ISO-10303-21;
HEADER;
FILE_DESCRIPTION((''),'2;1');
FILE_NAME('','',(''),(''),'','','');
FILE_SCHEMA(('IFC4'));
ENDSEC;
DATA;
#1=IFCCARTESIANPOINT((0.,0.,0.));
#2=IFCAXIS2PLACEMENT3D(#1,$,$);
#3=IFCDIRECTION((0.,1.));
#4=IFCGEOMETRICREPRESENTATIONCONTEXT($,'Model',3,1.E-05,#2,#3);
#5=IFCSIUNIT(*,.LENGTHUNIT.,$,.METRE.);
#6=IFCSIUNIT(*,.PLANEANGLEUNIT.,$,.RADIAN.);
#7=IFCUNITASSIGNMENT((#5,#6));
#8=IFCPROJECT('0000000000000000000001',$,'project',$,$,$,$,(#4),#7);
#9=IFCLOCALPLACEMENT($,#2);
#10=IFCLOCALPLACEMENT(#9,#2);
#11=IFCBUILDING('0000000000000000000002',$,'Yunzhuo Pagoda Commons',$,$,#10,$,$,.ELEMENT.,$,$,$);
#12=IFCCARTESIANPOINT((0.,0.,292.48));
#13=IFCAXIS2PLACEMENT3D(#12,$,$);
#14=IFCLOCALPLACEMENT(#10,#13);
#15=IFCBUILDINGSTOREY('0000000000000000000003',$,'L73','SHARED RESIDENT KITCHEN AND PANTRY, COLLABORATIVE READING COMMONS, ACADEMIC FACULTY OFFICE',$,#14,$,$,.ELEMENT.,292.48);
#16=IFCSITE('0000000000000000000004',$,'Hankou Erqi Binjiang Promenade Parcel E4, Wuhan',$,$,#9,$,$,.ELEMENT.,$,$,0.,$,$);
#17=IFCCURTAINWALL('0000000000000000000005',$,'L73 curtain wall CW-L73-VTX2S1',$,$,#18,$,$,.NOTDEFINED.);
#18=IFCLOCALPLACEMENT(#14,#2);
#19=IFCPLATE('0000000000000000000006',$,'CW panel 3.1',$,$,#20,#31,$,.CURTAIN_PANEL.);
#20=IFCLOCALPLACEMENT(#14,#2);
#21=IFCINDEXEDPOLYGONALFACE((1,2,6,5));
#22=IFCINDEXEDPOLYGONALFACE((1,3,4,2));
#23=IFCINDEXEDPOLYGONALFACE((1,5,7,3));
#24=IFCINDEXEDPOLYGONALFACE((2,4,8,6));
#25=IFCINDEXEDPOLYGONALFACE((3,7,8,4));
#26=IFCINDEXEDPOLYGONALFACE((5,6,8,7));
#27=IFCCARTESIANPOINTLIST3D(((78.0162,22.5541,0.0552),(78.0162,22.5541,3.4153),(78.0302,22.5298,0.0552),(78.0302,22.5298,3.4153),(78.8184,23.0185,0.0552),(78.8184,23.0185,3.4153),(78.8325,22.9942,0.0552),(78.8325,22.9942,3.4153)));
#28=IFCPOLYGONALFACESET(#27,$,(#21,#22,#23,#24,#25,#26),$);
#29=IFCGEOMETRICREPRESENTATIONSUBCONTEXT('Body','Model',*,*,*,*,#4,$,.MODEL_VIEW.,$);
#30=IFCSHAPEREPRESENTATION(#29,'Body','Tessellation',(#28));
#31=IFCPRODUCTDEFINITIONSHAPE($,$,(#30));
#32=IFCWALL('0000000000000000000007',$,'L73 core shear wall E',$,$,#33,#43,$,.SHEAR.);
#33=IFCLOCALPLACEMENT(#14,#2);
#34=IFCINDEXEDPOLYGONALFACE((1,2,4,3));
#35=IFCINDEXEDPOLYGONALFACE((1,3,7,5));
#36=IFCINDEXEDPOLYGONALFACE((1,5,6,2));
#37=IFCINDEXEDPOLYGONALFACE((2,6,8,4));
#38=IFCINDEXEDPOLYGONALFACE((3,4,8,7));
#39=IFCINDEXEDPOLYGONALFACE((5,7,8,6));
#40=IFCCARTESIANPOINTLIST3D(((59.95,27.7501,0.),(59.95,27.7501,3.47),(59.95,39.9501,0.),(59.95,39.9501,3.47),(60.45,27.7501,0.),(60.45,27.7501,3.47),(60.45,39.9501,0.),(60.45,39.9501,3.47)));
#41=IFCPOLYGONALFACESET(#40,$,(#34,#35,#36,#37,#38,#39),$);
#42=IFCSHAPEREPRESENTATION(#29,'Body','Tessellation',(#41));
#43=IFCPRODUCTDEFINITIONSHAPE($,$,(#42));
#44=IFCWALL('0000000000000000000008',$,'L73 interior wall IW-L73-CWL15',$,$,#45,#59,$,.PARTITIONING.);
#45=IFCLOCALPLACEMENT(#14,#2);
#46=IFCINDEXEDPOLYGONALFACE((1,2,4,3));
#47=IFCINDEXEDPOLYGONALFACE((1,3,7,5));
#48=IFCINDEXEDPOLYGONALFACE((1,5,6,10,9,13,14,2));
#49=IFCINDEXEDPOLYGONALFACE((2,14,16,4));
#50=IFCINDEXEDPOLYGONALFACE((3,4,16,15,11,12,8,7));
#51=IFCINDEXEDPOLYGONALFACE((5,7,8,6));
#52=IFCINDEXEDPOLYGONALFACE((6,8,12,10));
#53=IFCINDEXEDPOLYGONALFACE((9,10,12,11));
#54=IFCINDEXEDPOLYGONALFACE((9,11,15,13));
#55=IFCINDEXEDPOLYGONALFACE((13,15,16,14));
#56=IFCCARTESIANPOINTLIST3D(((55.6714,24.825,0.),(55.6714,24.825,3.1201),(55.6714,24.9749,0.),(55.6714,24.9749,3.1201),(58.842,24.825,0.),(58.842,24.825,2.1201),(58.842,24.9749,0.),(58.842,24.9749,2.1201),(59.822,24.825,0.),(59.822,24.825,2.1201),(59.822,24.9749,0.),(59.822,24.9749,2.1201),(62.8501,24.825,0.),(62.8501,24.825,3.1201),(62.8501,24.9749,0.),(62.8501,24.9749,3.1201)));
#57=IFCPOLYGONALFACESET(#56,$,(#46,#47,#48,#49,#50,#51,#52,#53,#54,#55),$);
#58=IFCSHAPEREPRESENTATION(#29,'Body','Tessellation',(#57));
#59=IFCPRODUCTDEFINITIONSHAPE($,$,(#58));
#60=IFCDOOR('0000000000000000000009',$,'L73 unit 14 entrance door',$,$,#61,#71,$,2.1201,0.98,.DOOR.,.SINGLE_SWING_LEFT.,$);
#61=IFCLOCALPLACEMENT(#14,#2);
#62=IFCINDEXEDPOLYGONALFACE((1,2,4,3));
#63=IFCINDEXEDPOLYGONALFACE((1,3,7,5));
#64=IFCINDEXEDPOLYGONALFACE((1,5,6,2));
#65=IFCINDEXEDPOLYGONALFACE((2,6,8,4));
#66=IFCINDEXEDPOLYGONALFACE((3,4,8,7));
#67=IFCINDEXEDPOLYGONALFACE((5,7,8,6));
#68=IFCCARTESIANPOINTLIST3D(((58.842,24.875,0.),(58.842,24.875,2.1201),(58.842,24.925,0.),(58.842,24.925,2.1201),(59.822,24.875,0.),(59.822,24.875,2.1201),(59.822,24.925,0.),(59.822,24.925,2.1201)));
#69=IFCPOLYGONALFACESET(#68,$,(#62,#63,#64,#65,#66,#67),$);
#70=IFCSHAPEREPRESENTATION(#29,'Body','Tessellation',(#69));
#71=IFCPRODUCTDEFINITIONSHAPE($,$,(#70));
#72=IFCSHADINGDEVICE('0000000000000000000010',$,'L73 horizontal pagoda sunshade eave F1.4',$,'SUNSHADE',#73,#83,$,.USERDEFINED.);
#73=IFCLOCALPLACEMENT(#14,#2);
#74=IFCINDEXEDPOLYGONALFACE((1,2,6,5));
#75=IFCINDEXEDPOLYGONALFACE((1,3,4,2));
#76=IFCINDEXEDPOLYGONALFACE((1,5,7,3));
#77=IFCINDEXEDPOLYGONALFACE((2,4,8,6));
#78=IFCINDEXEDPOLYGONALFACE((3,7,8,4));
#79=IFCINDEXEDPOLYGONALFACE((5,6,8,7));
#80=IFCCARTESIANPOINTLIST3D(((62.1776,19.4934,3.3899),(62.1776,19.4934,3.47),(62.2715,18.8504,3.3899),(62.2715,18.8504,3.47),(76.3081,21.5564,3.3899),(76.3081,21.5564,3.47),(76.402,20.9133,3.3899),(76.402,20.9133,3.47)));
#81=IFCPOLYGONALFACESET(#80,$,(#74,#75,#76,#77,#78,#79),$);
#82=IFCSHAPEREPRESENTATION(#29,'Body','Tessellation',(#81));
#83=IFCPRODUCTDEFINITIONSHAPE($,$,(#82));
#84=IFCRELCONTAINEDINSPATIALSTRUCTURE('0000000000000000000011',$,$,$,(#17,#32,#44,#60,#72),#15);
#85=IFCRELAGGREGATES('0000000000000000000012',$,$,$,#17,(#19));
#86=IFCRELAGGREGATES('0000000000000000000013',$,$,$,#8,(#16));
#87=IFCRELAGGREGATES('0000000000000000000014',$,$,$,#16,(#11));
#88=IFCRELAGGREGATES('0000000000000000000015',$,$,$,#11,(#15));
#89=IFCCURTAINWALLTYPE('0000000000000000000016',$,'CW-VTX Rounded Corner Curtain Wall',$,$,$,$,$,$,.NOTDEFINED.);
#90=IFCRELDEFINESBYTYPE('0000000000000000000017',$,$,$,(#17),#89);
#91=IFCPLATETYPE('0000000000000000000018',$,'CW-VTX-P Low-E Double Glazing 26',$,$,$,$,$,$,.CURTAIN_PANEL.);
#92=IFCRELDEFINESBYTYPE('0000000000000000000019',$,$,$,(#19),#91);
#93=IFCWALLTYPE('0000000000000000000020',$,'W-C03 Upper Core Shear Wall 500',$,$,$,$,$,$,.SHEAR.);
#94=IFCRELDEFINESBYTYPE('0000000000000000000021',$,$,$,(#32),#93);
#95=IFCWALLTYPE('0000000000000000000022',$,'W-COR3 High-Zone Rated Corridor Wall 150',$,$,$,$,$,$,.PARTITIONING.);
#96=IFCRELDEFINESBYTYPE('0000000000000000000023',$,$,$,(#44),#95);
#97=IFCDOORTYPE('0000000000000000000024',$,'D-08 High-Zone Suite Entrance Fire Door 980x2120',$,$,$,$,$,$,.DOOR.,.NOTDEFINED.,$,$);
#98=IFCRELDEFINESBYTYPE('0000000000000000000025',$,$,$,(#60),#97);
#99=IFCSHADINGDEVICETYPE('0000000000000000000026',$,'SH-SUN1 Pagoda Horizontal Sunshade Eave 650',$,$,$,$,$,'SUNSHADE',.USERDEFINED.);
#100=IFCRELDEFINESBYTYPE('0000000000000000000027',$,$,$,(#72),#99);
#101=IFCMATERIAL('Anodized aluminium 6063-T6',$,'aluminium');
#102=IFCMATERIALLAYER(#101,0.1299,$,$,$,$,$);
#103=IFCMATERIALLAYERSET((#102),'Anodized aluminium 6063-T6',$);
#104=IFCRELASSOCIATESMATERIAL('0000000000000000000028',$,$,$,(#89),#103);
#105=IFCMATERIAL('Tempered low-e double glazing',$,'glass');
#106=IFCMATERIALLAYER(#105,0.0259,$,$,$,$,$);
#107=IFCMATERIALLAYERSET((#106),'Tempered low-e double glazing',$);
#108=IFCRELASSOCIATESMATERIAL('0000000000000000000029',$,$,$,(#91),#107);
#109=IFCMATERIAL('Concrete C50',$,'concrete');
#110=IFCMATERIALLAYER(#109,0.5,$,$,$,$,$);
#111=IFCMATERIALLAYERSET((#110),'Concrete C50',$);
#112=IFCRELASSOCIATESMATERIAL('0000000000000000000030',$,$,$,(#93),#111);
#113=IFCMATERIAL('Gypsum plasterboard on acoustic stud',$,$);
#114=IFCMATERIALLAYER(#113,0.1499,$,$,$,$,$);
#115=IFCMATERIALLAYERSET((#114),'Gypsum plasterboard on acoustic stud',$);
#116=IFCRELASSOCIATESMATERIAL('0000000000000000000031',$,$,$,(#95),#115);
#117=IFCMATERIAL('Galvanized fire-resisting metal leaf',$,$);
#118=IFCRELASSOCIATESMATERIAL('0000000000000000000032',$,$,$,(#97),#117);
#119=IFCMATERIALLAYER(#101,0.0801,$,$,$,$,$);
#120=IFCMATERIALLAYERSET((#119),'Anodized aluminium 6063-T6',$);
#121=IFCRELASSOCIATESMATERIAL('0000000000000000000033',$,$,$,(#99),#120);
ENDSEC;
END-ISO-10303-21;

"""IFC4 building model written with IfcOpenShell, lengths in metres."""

from ifc_helpers import new_model, si_unit, direction, frame, frame_2d, origin, origin_with_axes, origin_2d, place, context, subcontext, project, spatial, rectangle, extrude, source, transform, mapped, material, layer, layer_set, type_object, element, fill, aggregate, save


model = new_model("IFC4")

# Units and contexts
model_context = context("Model", 3, precision=1e-05, world=origin(), true_north=direction((0.0, 1.0)))
body_context = subcontext(model_context, "Body", "Model", "MODEL_VIEW")
ifc_project = project(units=[si_unit("LENGTHUNIT", "METRE"), si_unit("PLANEANGLEUNIT", "RADIAN")], contexts=[model_context])

# Site, building, storey
site_placement = place(None, origin())
site = spatial("IfcSite", under=ifc_project, at=site_placement, Name="Hankou Erqi Binjiang Promenade Parcel E4, Wuhan", CompositionType="ELEMENT", RefElevation=0.0)
building_placement = place(site_placement, origin())
building = spatial("IfcBuilding", under=site, at=building_placement, Name="Yunzhuo Pagoda Commons", CompositionType="ELEMENT")
storey_placement = place(building_placement, frame((0.0, 0.0, 292.48)))
storey = spatial("IfcBuildingStorey", under=building, at=storey_placement, Name="L73", Description="SHARED RESIDENT KITCHEN AND PANTRY, COLLABORATIVE READING COMMONS, ACADEMIC FACULTY OFFICE", CompositionType="ELEMENT", Elevation=292.48)

# Curtain wall
ifc_material_1 = material(Name="Anodized aluminium 6063-T6", Category="aluminium")
ifc_layer_1 = layer(ifc_material_1, 0.1299)
ifc_layer_set_1 = layer_set([ifc_layer_1], Name="Anodized aluminium 6063-T6")
curtain_wall_type_1 = type_object("IfcCurtainWallType", Name="CW-VTX Rounded Corner Curtain Wall", PredefinedType="NOTDEFINED", material=ifc_layer_set_1)
curtain_wall_1_placement = place(storey_placement, origin())
curtain_wall_1 = element("IfcCurtainWall", 1, at=curtain_wall_1_placement, inside=storey, type_object=curtain_wall_type_1, Name="L73 curtain wall CW-L73-VTX2S1", PredefinedType="NOTDEFINED")

# Plate
ifc_material_2 = material(Name="Tempered low-e double glazing", Category="glass")
ifc_layer_2 = layer(ifc_material_2, 0.0259)
ifc_layer_set_2 = layer_set([ifc_layer_2], Name="Tempered low-e double glazing")
plate_type_1 = type_object("IfcPlateType", Name="CW-VTX-P Low-E Double Glazing 26", PredefinedType="CURTAIN_PANEL", material=ifc_layer_set_2)
shared_shape_1 = source(origin(), body_context, "Body", "SweptSolid", [
    extrude(rectangle(XDim=0.927, YDim=0.0281, at=origin_2d()), origin(), (0.0, 0.0, 1.0), 3.3601),
])
plate_1_placement = place(storey_placement, frame((78.4243, 22.7742, 0.0552), z_axis=(0.0, 0.0, 1.0), x_axis=(0.865437, 0.501017, 0.0)))
plate_1 = element("IfcPlate", 2, at=plate_1_placement, type_object=plate_type_1, Name="CW panel 3.1", PredefinedType="CURTAIN_PANEL", context=body_context, shape_type="MappedRepresentation", body=[
    mapped(shared_shape_1, transform((0.0, 0.0, 0.0), scale=1.0)),
])
aggregate(curtain_wall_1, [plate_1])

# Wall
ifc_material_3 = material(Name="Concrete C50", Category="concrete")
ifc_layer_3 = layer(ifc_material_3, 0.5)
ifc_layer_set_3 = layer_set([ifc_layer_3], Name="Concrete C50")
wall_type_1 = type_object("IfcWallType", Name="W-C03 Upper Core Shear Wall 500", PredefinedType="SHEAR", material=ifc_layer_set_3)
wall_1_placement = place(storey_placement, frame((60.2, 27.75, 0.0), z_axis=(0.0, 0.0, 1.0), x_axis=(0.0, 1.0, 0.0)))
element("IfcWall", 3, at=wall_1_placement, inside=storey, type_object=wall_type_1, Name="L73 core shear wall E", PredefinedType="SHEAR", context=body_context, shape_type="SweptSolid", body=[
    extrude(rectangle(XDim=12.2, YDim=0.5, at=frame_2d((6.1001, 0.0))), origin(), (0.0, 0.0, 1.0), 3.47),
])

# Wall, opening, door
ifc_material_4 = material(Name="Gypsum plasterboard on acoustic stud")
ifc_layer_4 = layer(ifc_material_4, 0.1499)
ifc_layer_set_4 = layer_set([ifc_layer_4], Name="Gypsum plasterboard on acoustic stud")
wall_type_2 = type_object("IfcWallType", Name="W-COR3 High-Zone Rated Corridor Wall 150", PredefinedType="PARTITIONING", material=ifc_layer_set_4)
wall_2_placement = place(storey_placement, frame((62.8501, 24.8999, 0.0), z_axis=(0.0, 0.0, 1.0), x_axis=(-1.0, 0.0, 0.0)))
wall_2 = element("IfcWall", 4, at=wall_2_placement, inside=storey, type_object=wall_type_2, Name="L73 interior wall IW-L73-CWL15", PredefinedType="PARTITIONING", context=body_context, shape_type="SweptSolid", body=[
    extrude(rectangle(XDim=7.1787, YDim=0.1499, at=frame_2d((3.5894, 0.0))), origin(), (0.0, 0.0, 1.0), 3.1201),
])
opening_placement = place(wall_2_placement, frame((3.0281, 0.0, 0.0)))
opening = element("IfcOpeningElement", 5, at=opening_placement, cuts=wall_2, PredefinedType="OPENING", context=body_context, shape_type="SweptSolid", body=[
    extrude(rectangle(XDim=0.98, YDim=2.1201, at=frame_2d((0.49, 1.0601))), frame((0.0, 0.085, 0.0), z_axis=(0.0, -1.0, 0.0), x_axis=(1.0, 0.0, 0.0)), (0.0, 0.0, 1.0), 0.1699),
])
ifc_material_5 = material(Name="Galvanized fire-resisting metal leaf")
door_type = type_object("IfcDoorType", Name="D-08 High-Zone Suite Entrance Fire Door 980x2120", OperationType="NOTDEFINED", PredefinedType="DOOR", material=ifc_material_5)
shared_shape_2 = source(origin(), body_context, "Body", "SweptSolid", [
    extrude(rectangle(XDim=0.98, YDim=2.1201, at=frame_2d((0.49, 1.0601))), frame((0.0, 0.0249, 0.0), z_axis=(0.0, -1.0, 0.0), x_axis=(1.0, 0.0, 0.0)), (0.0, 0.0, 1.0), 0.05),
])
door_placement = place(opening_placement, origin_with_axes())
door = element("IfcDoor", 6, at=door_placement, inside=storey, type_object=door_type, Name="L73 unit 14 entrance door", OperationType="SINGLE_SWING_LEFT", OverallHeight=2.1201, OverallWidth=0.98, PredefinedType="DOOR", context=body_context, shape_type="MappedRepresentation", body=[
    mapped(shared_shape_2, transform((0.0, 0.0, 0.0), scale=1.0)),
])
fill(opening, door)

# Shading device
ifc_layer_5 = layer(ifc_material_1, 0.0801)
ifc_layer_set_5 = layer_set([ifc_layer_5], Name="Anodized aluminium 6063-T6")
shading_device_type = type_object("IfcShadingDeviceType", Name="SH-SUN1 Pagoda Horizontal Sunshade Eave 650", ElementType="SUNSHADE", PredefinedType="USERDEFINED", material=ifc_layer_set_5)
shared_shape_3 = source(origin(), body_context, "Body", "SweptSolid", [
    extrude(rectangle(XDim=14.2803, YDim=0.6499, at=origin_2d()), origin(), (0.0, 0.0, 1.0), 0.0801),
])
shading_device_placement = place(storey_placement, frame((69.2898, 20.2034, 3.3899), z_axis=(0.0, 0.0, 1.0), x_axis=(0.989511, 0.14446, 0.0)))
element("IfcShadingDevice", 7, at=shading_device_placement, inside=storey, type_object=shading_device_type, Name="L73 horizontal pagoda sunshade eave F1.4", ObjectType="SUNSHADE", PredefinedType="USERDEFINED", context=body_context, shape_type="MappedRepresentation", body=[
    mapped(shared_shape_3, transform((0.0, 0.0, 0.0), scale=1.0)),
])

save(model, "model.ifc")
